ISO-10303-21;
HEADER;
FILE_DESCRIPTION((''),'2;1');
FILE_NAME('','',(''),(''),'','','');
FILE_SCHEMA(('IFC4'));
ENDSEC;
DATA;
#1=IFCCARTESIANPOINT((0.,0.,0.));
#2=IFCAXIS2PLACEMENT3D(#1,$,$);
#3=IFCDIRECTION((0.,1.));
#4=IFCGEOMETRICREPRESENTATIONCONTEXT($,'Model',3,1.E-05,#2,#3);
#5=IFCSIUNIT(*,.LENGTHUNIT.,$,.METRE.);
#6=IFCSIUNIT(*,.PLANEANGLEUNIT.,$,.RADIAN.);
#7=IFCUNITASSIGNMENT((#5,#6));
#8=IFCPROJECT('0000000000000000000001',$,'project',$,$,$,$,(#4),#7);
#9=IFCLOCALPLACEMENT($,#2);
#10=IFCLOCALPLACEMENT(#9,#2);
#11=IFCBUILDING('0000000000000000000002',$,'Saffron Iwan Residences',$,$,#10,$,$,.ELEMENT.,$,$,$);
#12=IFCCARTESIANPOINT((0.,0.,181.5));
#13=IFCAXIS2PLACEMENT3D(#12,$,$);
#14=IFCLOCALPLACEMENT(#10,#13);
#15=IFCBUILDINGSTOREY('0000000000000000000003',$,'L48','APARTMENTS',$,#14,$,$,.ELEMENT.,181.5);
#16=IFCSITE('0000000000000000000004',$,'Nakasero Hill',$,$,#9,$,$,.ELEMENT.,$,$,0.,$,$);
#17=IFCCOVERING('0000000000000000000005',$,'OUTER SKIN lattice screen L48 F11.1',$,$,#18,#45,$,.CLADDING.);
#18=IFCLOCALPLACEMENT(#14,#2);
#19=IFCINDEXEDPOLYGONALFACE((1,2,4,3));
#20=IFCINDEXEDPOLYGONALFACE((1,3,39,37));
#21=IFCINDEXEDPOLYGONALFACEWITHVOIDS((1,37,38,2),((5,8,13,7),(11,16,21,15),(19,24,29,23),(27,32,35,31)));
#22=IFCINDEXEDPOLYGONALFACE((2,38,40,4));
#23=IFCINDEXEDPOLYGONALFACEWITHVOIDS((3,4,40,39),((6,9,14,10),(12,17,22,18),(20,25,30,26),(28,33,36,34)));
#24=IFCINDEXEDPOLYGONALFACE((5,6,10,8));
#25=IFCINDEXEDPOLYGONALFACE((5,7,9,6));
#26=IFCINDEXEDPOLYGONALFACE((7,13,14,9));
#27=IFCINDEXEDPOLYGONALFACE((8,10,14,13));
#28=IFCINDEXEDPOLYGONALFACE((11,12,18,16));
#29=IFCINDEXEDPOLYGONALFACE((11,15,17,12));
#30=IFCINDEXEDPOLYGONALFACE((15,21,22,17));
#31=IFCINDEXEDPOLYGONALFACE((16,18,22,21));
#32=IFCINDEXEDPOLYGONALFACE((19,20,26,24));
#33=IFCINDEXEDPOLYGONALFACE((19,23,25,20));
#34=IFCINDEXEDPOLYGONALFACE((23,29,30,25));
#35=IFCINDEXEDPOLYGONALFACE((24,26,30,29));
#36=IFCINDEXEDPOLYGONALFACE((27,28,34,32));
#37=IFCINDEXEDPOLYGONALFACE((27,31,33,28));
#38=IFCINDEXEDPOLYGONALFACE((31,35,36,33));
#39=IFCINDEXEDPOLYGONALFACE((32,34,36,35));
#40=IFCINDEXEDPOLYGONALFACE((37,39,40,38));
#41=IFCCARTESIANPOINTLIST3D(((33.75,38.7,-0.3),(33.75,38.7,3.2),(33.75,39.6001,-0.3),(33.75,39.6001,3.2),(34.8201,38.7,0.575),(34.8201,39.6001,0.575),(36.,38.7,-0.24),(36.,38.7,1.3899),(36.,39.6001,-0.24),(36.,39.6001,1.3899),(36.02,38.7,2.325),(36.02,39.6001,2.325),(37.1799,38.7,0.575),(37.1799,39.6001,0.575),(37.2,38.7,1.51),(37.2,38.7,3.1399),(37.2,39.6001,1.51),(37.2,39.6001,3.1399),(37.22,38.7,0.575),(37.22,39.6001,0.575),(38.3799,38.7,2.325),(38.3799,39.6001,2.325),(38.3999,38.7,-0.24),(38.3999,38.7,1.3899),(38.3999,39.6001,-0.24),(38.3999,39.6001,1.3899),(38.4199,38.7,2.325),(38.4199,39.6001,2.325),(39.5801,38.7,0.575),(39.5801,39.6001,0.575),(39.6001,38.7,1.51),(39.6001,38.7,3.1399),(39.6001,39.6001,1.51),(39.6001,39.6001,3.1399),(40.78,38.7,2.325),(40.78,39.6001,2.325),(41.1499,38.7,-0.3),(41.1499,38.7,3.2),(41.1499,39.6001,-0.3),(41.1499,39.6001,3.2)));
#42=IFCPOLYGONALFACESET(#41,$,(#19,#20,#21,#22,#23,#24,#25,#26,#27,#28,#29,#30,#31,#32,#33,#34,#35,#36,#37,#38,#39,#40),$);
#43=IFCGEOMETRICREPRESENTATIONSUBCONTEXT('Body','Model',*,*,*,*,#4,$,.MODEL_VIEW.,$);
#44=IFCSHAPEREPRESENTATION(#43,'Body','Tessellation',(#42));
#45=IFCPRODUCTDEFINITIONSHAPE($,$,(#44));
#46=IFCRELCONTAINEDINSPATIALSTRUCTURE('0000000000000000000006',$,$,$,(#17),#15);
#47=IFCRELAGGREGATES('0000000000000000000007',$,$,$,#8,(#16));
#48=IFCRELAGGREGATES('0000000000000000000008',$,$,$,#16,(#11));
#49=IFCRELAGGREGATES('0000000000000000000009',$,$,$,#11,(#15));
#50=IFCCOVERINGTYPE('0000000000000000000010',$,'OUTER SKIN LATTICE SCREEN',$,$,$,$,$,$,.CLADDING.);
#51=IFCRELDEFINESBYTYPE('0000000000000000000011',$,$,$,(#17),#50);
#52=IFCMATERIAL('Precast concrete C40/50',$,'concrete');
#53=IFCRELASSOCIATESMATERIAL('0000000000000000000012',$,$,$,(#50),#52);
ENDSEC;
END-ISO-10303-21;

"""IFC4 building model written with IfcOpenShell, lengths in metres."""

from ifc_helpers import new_model, si_unit, direction, frame, origin, place, context, subcontext, project, spatial, polyline, outline, extrude, material, type_object, element, save


model = new_model("IFC4")

# Units and contexts
model_context = context("Model", 3, precision=1e-05, world=origin(), true_north=direction((0.0, 1.0)))
body_context = subcontext(model_context, "Body", "Model", "MODEL_VIEW")
ifc_project = project(units=[si_unit("LENGTHUNIT", "METRE"), si_unit("PLANEANGLEUNIT", "RADIAN")], contexts=[model_context])

# Site, building, storey
site_placement = place(None, origin())
site = spatial("IfcSite", under=ifc_project, at=site_placement, Name="Nakasero Hill", CompositionType="ELEMENT", RefElevation=0.0)
building_placement = place(site_placement, origin())
building = spatial("IfcBuilding", under=site, at=building_placement, Name="Saffron Iwan Residences", CompositionType="ELEMENT")
storey_placement = place(building_placement, frame((0.0, 0.0, 181.5)))
storey = spatial("IfcBuildingStorey", under=building, at=storey_placement, Name="L48", Description="APARTMENTS", CompositionType="ELEMENT", Elevation=181.5)

# Covering
ifc_material_1 = material(Name="Precast concrete C40/50", Category="concrete")
covering_type_1 = type_object("IfcCoveringType", Name="OUTER SKIN LATTICE SCREEN", PredefinedType="CLADDING", material=ifc_material_1)
covering_1_placement = place(storey_placement, frame((33.75, 39.6001, -0.3), z_axis=(0.0, -1.0, 0.0), x_axis=(1.0, 0.0, 0.0)))
element("IfcCovering", 1, at=covering_1_placement, inside=storey, type_object=covering_type_1, Name="OUTER SKIN lattice screen L48 F11.1", PredefinedType="CLADDING", context=body_context, shape_type="SweptSolid", body=[
    extrude(outline(polyline([(0.0, 0.0), (7.3999, 0.0), (7.3999, 3.5), (0.0, 3.5), (0.0, 0.0)]), holes=[polyline([(1.0701, 0.875), (2.25, 0.0601), (3.4299, 0.875), (2.25, 1.6899), (1.0701, 0.875)]), polyline([(3.47, 0.875), (4.6499, 0.0601), (5.8301, 0.875), (4.6499, 1.6899), (3.47, 0.875)]), polyline([(2.27, 2.625), (3.45, 1.8101), (4.6299, 2.625), (3.45, 3.4399), (2.27, 2.625)]), polyline([(4.6699, 2.625), (5.8501, 1.8101), (7.03, 2.625), (5.8501, 3.4399), (4.6699, 2.625)])]), origin(), (0.0, 0.0, 1.0), 0.9001),
])

save(model, "model.ifc")
